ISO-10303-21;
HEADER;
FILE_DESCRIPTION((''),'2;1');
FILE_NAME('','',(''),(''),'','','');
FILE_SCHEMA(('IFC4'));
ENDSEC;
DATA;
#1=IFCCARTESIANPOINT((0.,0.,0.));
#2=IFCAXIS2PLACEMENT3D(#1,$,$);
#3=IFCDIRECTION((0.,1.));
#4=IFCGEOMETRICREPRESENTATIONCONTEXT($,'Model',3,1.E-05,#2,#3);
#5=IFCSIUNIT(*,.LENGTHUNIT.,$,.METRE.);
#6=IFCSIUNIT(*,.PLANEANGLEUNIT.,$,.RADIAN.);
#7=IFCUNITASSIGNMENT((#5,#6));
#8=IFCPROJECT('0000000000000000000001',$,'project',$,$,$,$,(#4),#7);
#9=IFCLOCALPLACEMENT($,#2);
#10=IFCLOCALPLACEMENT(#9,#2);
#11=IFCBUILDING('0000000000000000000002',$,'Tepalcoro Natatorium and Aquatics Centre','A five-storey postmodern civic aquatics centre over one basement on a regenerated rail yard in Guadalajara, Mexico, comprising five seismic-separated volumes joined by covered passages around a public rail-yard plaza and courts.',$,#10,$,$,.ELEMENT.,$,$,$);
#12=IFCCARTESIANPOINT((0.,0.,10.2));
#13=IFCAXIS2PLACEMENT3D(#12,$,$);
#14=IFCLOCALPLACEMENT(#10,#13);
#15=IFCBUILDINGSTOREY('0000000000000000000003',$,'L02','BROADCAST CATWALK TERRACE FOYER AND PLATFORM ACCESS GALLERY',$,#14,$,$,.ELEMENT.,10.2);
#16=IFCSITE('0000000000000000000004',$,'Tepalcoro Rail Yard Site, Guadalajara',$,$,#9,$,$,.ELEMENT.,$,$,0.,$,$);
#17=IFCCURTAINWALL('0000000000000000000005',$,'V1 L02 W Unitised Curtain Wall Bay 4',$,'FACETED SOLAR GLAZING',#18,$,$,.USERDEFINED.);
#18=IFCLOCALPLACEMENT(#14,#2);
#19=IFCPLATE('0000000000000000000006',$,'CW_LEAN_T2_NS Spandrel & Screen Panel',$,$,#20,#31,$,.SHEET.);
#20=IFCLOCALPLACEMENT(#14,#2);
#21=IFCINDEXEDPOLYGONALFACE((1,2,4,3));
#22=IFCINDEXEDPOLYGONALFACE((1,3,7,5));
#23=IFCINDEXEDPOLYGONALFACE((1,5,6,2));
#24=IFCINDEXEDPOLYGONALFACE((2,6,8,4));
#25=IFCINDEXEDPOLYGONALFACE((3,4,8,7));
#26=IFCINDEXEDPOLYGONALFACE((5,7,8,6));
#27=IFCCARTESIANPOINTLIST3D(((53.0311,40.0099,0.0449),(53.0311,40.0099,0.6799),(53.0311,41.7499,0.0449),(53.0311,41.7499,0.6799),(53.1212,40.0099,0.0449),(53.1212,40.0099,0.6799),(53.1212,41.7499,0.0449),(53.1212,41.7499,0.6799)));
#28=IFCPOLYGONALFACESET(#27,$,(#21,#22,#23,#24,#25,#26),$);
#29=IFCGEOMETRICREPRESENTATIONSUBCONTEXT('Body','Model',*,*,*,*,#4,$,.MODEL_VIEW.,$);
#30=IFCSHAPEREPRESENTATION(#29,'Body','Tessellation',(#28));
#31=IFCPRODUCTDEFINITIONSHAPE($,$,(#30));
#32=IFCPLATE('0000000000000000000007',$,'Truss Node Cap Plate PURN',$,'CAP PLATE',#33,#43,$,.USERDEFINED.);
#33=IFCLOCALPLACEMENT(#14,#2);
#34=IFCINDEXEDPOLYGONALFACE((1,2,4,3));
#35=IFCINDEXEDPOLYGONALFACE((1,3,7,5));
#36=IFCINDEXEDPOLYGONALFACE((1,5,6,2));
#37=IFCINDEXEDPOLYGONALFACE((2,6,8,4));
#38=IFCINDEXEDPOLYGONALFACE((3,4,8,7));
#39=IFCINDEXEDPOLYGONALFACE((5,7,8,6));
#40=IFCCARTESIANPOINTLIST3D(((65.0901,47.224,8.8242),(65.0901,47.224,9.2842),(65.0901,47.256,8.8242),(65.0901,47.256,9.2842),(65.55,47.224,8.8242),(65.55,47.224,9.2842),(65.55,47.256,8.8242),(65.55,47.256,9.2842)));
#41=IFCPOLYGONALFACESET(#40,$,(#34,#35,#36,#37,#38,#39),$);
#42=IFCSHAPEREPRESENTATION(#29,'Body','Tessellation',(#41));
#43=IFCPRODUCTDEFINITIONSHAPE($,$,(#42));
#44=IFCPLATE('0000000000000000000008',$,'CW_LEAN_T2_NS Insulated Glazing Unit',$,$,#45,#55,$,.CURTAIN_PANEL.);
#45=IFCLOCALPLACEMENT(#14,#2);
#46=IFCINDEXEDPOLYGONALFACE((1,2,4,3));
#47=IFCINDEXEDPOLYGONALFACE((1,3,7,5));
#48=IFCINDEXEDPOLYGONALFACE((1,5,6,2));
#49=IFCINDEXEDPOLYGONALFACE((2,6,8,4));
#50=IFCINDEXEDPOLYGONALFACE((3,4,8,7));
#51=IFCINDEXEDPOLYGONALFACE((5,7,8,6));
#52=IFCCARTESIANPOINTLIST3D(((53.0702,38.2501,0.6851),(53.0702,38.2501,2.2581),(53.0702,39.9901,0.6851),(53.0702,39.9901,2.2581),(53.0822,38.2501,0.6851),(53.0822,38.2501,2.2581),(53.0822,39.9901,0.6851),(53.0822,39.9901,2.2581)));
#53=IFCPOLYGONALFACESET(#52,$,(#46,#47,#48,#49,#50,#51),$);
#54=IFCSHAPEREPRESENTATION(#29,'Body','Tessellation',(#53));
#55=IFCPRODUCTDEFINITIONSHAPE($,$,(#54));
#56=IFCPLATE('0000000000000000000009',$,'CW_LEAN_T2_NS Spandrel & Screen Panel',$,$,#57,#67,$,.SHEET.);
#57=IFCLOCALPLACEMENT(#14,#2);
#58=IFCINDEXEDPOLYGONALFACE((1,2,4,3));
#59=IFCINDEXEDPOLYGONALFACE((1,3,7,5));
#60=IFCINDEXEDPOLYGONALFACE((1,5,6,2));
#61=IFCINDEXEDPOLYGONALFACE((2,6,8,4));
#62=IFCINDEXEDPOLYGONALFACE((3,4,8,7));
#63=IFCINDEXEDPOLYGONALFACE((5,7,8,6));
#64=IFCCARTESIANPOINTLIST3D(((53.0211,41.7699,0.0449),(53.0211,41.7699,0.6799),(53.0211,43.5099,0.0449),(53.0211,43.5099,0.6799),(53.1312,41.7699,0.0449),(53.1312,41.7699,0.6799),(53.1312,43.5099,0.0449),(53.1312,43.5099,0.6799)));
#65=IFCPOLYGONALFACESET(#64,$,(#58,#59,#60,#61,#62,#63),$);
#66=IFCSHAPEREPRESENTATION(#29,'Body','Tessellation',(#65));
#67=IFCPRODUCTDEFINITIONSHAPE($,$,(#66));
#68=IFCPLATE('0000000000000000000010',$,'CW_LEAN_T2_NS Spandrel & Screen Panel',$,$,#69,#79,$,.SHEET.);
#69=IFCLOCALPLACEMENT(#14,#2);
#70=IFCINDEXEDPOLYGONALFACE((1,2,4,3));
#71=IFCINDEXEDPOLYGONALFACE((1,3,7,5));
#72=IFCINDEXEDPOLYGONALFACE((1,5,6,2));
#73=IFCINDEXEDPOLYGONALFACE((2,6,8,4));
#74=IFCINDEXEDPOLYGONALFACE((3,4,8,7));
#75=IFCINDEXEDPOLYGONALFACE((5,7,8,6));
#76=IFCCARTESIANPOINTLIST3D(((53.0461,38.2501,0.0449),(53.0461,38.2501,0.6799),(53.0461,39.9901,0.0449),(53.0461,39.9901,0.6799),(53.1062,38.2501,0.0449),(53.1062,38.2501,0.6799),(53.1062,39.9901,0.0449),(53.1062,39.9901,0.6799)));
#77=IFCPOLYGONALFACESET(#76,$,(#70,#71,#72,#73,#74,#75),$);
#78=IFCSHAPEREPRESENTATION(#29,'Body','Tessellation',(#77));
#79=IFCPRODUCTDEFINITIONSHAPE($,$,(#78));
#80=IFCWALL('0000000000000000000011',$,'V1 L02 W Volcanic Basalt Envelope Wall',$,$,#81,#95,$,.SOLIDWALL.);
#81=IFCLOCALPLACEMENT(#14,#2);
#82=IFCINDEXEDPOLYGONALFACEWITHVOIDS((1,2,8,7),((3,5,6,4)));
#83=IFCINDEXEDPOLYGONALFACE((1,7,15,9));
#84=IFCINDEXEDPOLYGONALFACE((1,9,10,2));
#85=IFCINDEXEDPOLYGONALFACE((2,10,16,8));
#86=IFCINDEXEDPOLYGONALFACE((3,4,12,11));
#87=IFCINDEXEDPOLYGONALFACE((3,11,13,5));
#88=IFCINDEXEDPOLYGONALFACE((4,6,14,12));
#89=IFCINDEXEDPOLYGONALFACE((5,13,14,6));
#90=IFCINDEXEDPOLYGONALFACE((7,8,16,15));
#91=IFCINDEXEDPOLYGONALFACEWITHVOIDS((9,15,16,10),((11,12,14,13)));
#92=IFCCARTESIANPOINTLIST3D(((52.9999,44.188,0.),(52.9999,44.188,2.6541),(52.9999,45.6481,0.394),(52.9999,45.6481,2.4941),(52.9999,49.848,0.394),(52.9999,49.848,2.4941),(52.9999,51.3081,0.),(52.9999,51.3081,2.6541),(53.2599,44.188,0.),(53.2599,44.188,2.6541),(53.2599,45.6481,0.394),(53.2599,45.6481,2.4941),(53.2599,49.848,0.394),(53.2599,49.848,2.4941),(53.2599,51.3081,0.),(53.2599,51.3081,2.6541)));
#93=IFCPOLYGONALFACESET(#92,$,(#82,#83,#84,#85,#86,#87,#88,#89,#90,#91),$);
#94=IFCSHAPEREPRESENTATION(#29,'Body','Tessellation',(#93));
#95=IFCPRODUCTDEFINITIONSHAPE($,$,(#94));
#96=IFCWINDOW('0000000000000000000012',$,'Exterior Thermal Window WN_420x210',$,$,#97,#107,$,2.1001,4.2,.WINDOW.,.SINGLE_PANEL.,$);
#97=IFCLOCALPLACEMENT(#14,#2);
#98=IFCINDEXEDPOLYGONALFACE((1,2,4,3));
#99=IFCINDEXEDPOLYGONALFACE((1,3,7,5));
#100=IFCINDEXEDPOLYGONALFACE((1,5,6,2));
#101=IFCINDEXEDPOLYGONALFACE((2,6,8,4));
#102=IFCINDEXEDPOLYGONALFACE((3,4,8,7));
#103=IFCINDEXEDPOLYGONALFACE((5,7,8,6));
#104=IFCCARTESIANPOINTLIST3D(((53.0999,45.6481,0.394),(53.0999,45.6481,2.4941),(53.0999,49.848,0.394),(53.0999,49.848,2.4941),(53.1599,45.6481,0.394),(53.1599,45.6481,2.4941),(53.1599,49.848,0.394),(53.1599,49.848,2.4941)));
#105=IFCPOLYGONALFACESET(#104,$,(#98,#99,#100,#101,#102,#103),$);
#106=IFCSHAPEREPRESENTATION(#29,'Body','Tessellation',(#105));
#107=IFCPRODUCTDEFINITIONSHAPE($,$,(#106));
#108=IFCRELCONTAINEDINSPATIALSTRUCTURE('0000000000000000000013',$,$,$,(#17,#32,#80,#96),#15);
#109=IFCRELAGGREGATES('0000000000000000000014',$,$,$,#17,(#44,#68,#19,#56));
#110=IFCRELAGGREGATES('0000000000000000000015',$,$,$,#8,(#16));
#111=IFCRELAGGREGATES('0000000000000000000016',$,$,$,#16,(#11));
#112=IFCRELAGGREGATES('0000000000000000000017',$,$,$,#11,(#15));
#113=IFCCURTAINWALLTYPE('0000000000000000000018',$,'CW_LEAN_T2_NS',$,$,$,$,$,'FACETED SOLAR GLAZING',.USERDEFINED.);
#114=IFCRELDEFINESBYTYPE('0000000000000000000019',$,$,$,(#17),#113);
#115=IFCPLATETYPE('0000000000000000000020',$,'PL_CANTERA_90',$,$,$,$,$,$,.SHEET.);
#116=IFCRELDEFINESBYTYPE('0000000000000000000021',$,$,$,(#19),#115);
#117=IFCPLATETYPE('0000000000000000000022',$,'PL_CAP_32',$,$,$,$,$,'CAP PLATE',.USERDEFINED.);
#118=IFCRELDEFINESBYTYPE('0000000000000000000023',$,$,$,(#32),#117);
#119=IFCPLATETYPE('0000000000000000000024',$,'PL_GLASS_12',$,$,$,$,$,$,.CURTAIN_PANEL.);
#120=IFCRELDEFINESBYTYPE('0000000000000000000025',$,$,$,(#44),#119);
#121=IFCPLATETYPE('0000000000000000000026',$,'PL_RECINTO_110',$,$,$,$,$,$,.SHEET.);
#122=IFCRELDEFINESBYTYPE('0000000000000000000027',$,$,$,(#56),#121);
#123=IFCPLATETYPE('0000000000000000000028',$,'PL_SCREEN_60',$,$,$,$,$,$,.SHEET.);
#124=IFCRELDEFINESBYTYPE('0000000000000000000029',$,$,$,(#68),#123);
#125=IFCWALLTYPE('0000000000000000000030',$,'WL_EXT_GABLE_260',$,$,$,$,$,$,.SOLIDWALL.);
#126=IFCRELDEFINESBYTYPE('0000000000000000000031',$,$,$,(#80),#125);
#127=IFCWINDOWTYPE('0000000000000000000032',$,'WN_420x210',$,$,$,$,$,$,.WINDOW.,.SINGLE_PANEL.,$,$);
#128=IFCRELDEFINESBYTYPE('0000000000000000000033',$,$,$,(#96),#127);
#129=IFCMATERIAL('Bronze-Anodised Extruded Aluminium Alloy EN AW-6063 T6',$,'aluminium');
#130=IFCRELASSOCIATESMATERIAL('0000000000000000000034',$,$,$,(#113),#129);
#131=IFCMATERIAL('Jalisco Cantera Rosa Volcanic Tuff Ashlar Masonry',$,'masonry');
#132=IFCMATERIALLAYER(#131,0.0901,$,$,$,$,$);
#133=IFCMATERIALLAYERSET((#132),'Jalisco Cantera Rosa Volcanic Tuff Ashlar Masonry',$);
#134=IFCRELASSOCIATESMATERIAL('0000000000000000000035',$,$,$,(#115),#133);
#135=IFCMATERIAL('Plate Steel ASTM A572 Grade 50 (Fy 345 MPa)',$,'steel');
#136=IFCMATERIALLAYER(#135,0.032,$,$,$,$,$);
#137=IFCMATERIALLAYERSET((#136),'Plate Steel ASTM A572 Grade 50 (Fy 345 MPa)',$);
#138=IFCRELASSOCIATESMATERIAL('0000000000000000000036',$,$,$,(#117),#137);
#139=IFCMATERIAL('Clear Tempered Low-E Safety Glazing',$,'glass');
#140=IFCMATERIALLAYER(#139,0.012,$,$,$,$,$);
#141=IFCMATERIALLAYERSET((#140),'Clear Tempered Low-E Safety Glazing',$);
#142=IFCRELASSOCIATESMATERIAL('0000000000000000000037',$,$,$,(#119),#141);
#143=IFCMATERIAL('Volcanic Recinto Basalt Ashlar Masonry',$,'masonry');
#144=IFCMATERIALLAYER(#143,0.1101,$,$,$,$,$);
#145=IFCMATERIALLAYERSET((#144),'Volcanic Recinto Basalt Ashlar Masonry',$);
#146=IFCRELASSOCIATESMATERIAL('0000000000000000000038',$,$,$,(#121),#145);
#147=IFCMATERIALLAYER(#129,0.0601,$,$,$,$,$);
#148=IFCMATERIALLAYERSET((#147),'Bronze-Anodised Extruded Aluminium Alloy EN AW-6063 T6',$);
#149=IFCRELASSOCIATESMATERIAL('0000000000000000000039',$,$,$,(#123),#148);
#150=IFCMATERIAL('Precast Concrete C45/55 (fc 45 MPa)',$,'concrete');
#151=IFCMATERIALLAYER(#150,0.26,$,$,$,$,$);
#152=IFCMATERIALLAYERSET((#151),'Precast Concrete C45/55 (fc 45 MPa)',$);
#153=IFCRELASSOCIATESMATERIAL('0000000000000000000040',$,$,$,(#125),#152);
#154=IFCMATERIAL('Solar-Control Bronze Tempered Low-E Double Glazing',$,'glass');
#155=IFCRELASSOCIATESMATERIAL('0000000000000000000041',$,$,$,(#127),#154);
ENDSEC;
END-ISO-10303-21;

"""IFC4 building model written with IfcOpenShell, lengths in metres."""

from ifc_helpers import new_model, si_unit, direction, frame, frame_2d, origin, origin_2d, place, context, subcontext, project, spatial, rectangle, extrude, material, layer, layer_set, type_object, element, fill, aggregate, save


model = new_model("IFC4")

# Units and contexts
model_context = context("Model", 3, precision=1e-05, world=origin(), true_north=direction((0.0, 1.0)))
body_context = subcontext(model_context, "Body", "Model", "MODEL_VIEW")
ifc_project = project(units=[si_unit("LENGTHUNIT", "METRE"), si_unit("PLANEANGLEUNIT", "RADIAN")], contexts=[model_context])

# Site, building, storey
site_placement = place(None, origin())
site = spatial("IfcSite", under=ifc_project, at=site_placement, Name="Tepalcoro Rail Yard Site, Guadalajara", CompositionType="ELEMENT", RefElevation=0.0)
building_placement = place(site_placement, origin())
building = spatial("IfcBuilding", under=site, at=building_placement, Name="Tepalcoro Natatorium and Aquatics Centre", Description="A five-storey postmodern civic aquatics centre over one basement on a regenerated rail yard in Guadalajara, Mexico, comprising five seismic-separated volumes joined by covered passages around a public rail-yard plaza and courts.", CompositionType="ELEMENT")
storey_placement = place(building_placement, frame((0.0, 0.0, 10.2)))
storey = spatial("IfcBuildingStorey", under=building, at=storey_placement, Name="L02", Description="BROADCAST CATWALK TERRACE FOYER AND PLATFORM ACCESS GALLERY", CompositionType="ELEMENT", Elevation=10.2)

# Curtain wall
ifc_material_1 = material(Name="Bronze-Anodised Extruded Aluminium Alloy EN AW-6063 T6", Category="aluminium")
curtain_wall_type = type_object("IfcCurtainWallType", Name="CW_LEAN_T2_NS", ElementType="FACETED SOLAR GLAZING", PredefinedType="USERDEFINED", material=ifc_material_1)
curtain_wall_placement = place(storey_placement, origin())
curtain_wall = element("IfcCurtainWall", 1, at=curtain_wall_placement, inside=storey, type_object=curtain_wall_type, Name="V1 L02 W Unitised Curtain Wall Bay 4", ObjectType="FACETED SOLAR GLAZING", PredefinedType="USERDEFINED")

# Plates
ifc_material_2 = material(Name="Solar-Control Bronze Tempered Low-E Double Glazing", Category="glass")
ifc_material_3 = material(Name="Jalisco Cantera Rosa Volcanic Tuff Ashlar Masonry", Category="masonry")
ifc_layer_1 = layer(ifc_material_3, 0.0901)
ifc_layer_set_1 = layer_set([ifc_layer_1], Name="Jalisco Cantera Rosa Volcanic Tuff Ashlar Masonry")
plate_type_1 = type_object("IfcPlateType", Name="PL_CANTERA_90", PredefinedType="SHEET", material=ifc_layer_set_1)
plate_1_placement = place(storey_placement, frame((53.0762, 40.8799, 0.0449), z_axis=(0.0, 0.0, 1.0), x_axis=(1.0, 0.0, 0.0)))
plate_1 = element("IfcPlate", 2, at=plate_1_placement, type_object=plate_type_1, Name="CW_LEAN_T2_NS Spandrel & Screen Panel", PredefinedType="SHEET", context=body_context, shape_type="SweptSolid", body=[
    extrude(rectangle(XDim=0.0901, YDim=1.74, at=origin_2d()), origin(), (0.0, 0.0, 1.0), 0.635),
])
ifc_material_4 = material(Name="Plate Steel ASTM A572 Grade 50 (Fy 345 MPa)", Category="steel")
ifc_layer_2 = layer(ifc_material_4, 0.032)
ifc_layer_set_2 = layer_set([ifc_layer_2], Name="Plate Steel ASTM A572 Grade 50 (Fy 345 MPa)")
plate_type_2 = type_object("IfcPlateType", Name="PL_CAP_32", ElementType="CAP PLATE", PredefinedType="USERDEFINED", material=ifc_layer_set_2)
plate_2_placement = place(storey_placement, frame((65.3201, 47.24, 8.8242), z_axis=(0.0, 0.0, 1.0), x_axis=(1.0, 0.0, 0.0)))
element("IfcPlate", 3, at=plate_2_placement, inside=storey, type_object=plate_type_2, Name="Truss Node Cap Plate PURN", ObjectType="CAP PLATE", PredefinedType="USERDEFINED", context=body_context, shape_type="SweptSolid", body=[
    extrude(rectangle(XDim=0.46, YDim=0.032, at=origin_2d()), origin(), (0.0, 0.0, 1.0), 0.46),
])
ifc_material_5 = material(Name="Clear Tempered Low-E Safety Glazing", Category="glass")
ifc_layer_3 = layer(ifc_material_5, 0.012)
ifc_layer_set_3 = layer_set([ifc_layer_3], Name="Clear Tempered Low-E Safety Glazing")
plate_type_3 = type_object("IfcPlateType", Name="PL_GLASS_12", PredefinedType="CURTAIN_PANEL", material=ifc_layer_set_3)
plate_3_placement = place(storey_placement, frame((53.0762, 39.1201, 0.6851), z_axis=(0.0, 0.0, 1.0), x_axis=(1.0, 0.0, 0.0)))
plate_3 = element("IfcPlate", 4, at=plate_3_placement, type_object=plate_type_3, Name="CW_LEAN_T2_NS Insulated Glazing Unit", PredefinedType="CURTAIN_PANEL", context=body_context, shape_type="SweptSolid", body=[
    extrude(rectangle(XDim=0.012, YDim=1.74, at=origin_2d()), origin(), (0.0, 0.0, 1.0), 1.573),
])
ifc_material_6 = material(Name="Volcanic Recinto Basalt Ashlar Masonry", Category="masonry")
ifc_layer_4 = layer(ifc_material_6, 0.1101)
ifc_layer_set_4 = layer_set([ifc_layer_4], Name="Volcanic Recinto Basalt Ashlar Masonry")
plate_type_4 = type_object("IfcPlateType", Name="PL_RECINTO_110", PredefinedType="SHEET", material=ifc_layer_set_4)
plate_4_placement = place(storey_placement, frame((53.0762, 42.6399, 0.0449), z_axis=(0.0, 0.0, 1.0), x_axis=(1.0, 0.0, 0.0)))
plate_4 = element("IfcPlate", 5, at=plate_4_placement, type_object=plate_type_4, Name="CW_LEAN_T2_NS Spandrel & Screen Panel", PredefinedType="SHEET", context=body_context, shape_type="SweptSolid", body=[
    extrude(rectangle(XDim=0.1101, YDim=1.74, at=origin_2d()), origin(), (0.0, 0.0, 1.0), 0.635),
])
ifc_layer_5 = layer(ifc_material_1, 0.0601)
ifc_layer_set_5 = layer_set([ifc_layer_5], Name="Bronze-Anodised Extruded Aluminium Alloy EN AW-6063 T6")
plate_type_5 = type_object("IfcPlateType", Name="PL_SCREEN_60", PredefinedType="SHEET", material=ifc_layer_set_5)
plate_5_placement = place(storey_placement, frame((53.0762, 39.1201, 0.0449), z_axis=(0.0, 0.0, 1.0), x_axis=(1.0, 0.0, 0.0)))
plate_5 = element("IfcPlate", 6, at=plate_5_placement, type_object=plate_type_5, Name="CW_LEAN_T2_NS Spandrel & Screen Panel", PredefinedType="SHEET", context=body_context, shape_type="SweptSolid", body=[
    extrude(rectangle(XDim=0.0601, YDim=1.74, at=origin_2d()), origin(), (0.0, 0.0, 1.0), 0.635),
])
aggregate(curtain_wall, [plate_3, plate_5, plate_1, plate_4])

# Wall, opening, window
ifc_material_7 = material(Name="Precast Concrete C45/55 (fc 45 MPa)", Category="concrete")
ifc_layer_6 = layer(ifc_material_7, 0.26)
ifc_layer_set_6 = layer_set([ifc_layer_6], Name="Precast Concrete C45/55 (fc 45 MPa)")
wall_type = type_object("IfcWallType", Name="WL_EXT_GABLE_260", PredefinedType="SOLIDWALL", material=ifc_layer_set_6)
wall_placement = place(storey_placement, frame((53.1299, 44.188, 0.0), z_axis=(0.0, 0.0, 1.0), x_axis=(0.0, 1.0, 0.0)))
wall = element("IfcWall", 7, at=wall_placement, inside=storey, type_object=wall_type, Name="V1 L02 W Volcanic Basalt Envelope Wall", PredefinedType="SOLIDWALL", context=body_context, shape_type="SweptSolid", body=[
    extrude(rectangle(XDim=7.1201, YDim=0.26, at=frame_2d((3.5601, 0.0))), origin(), (0.0, 0.0, 1.0), 2.6541),
])
opening_placement = place(wall_placement, frame((1.46, 0.0, 0.394)))
opening = element("IfcOpeningElement", 8, at=opening_placement, cuts=wall, PredefinedType="OPENING", context=body_context, shape_type="SweptSolid", body=[
    extrude(rectangle(XDim=4.2, YDim=2.1001, at=frame_2d((2.1001, 1.05))), frame((0.0, 0.1421, 0.0), z_axis=(0.0, -1.0, 0.0), x_axis=(1.0, 0.0, 0.0)), (0.0, 0.0, 1.0), 0.2839),
])
window_type = type_object("IfcWindowType", Name="WN_420x210", PartitioningType="SINGLE_PANEL", PredefinedType="WINDOW", material=ifc_material_2)
window_placement = place(opening_placement, origin())
window = element("IfcWindow", 9, at=window_placement, inside=storey, type_object=window_type, Name="Exterior Thermal Window WN_420x210", OverallHeight=2.1001, OverallWidth=4.2, PartitioningType="SINGLE_PANEL", PredefinedType="WINDOW", context=body_context, shape_type="SweptSolid", body=[
    extrude(rectangle(XDim=4.2, YDim=2.1001, at=frame_2d((2.1001, 1.05))), frame((0.0, 0.03, 0.0), z_axis=(0.0, -1.0, 0.0), x_axis=(1.0, 0.0, 0.0)), (0.0, 0.0, 1.0), 0.0601),
])
fill(opening, window)

save(model, "model.ifc")
